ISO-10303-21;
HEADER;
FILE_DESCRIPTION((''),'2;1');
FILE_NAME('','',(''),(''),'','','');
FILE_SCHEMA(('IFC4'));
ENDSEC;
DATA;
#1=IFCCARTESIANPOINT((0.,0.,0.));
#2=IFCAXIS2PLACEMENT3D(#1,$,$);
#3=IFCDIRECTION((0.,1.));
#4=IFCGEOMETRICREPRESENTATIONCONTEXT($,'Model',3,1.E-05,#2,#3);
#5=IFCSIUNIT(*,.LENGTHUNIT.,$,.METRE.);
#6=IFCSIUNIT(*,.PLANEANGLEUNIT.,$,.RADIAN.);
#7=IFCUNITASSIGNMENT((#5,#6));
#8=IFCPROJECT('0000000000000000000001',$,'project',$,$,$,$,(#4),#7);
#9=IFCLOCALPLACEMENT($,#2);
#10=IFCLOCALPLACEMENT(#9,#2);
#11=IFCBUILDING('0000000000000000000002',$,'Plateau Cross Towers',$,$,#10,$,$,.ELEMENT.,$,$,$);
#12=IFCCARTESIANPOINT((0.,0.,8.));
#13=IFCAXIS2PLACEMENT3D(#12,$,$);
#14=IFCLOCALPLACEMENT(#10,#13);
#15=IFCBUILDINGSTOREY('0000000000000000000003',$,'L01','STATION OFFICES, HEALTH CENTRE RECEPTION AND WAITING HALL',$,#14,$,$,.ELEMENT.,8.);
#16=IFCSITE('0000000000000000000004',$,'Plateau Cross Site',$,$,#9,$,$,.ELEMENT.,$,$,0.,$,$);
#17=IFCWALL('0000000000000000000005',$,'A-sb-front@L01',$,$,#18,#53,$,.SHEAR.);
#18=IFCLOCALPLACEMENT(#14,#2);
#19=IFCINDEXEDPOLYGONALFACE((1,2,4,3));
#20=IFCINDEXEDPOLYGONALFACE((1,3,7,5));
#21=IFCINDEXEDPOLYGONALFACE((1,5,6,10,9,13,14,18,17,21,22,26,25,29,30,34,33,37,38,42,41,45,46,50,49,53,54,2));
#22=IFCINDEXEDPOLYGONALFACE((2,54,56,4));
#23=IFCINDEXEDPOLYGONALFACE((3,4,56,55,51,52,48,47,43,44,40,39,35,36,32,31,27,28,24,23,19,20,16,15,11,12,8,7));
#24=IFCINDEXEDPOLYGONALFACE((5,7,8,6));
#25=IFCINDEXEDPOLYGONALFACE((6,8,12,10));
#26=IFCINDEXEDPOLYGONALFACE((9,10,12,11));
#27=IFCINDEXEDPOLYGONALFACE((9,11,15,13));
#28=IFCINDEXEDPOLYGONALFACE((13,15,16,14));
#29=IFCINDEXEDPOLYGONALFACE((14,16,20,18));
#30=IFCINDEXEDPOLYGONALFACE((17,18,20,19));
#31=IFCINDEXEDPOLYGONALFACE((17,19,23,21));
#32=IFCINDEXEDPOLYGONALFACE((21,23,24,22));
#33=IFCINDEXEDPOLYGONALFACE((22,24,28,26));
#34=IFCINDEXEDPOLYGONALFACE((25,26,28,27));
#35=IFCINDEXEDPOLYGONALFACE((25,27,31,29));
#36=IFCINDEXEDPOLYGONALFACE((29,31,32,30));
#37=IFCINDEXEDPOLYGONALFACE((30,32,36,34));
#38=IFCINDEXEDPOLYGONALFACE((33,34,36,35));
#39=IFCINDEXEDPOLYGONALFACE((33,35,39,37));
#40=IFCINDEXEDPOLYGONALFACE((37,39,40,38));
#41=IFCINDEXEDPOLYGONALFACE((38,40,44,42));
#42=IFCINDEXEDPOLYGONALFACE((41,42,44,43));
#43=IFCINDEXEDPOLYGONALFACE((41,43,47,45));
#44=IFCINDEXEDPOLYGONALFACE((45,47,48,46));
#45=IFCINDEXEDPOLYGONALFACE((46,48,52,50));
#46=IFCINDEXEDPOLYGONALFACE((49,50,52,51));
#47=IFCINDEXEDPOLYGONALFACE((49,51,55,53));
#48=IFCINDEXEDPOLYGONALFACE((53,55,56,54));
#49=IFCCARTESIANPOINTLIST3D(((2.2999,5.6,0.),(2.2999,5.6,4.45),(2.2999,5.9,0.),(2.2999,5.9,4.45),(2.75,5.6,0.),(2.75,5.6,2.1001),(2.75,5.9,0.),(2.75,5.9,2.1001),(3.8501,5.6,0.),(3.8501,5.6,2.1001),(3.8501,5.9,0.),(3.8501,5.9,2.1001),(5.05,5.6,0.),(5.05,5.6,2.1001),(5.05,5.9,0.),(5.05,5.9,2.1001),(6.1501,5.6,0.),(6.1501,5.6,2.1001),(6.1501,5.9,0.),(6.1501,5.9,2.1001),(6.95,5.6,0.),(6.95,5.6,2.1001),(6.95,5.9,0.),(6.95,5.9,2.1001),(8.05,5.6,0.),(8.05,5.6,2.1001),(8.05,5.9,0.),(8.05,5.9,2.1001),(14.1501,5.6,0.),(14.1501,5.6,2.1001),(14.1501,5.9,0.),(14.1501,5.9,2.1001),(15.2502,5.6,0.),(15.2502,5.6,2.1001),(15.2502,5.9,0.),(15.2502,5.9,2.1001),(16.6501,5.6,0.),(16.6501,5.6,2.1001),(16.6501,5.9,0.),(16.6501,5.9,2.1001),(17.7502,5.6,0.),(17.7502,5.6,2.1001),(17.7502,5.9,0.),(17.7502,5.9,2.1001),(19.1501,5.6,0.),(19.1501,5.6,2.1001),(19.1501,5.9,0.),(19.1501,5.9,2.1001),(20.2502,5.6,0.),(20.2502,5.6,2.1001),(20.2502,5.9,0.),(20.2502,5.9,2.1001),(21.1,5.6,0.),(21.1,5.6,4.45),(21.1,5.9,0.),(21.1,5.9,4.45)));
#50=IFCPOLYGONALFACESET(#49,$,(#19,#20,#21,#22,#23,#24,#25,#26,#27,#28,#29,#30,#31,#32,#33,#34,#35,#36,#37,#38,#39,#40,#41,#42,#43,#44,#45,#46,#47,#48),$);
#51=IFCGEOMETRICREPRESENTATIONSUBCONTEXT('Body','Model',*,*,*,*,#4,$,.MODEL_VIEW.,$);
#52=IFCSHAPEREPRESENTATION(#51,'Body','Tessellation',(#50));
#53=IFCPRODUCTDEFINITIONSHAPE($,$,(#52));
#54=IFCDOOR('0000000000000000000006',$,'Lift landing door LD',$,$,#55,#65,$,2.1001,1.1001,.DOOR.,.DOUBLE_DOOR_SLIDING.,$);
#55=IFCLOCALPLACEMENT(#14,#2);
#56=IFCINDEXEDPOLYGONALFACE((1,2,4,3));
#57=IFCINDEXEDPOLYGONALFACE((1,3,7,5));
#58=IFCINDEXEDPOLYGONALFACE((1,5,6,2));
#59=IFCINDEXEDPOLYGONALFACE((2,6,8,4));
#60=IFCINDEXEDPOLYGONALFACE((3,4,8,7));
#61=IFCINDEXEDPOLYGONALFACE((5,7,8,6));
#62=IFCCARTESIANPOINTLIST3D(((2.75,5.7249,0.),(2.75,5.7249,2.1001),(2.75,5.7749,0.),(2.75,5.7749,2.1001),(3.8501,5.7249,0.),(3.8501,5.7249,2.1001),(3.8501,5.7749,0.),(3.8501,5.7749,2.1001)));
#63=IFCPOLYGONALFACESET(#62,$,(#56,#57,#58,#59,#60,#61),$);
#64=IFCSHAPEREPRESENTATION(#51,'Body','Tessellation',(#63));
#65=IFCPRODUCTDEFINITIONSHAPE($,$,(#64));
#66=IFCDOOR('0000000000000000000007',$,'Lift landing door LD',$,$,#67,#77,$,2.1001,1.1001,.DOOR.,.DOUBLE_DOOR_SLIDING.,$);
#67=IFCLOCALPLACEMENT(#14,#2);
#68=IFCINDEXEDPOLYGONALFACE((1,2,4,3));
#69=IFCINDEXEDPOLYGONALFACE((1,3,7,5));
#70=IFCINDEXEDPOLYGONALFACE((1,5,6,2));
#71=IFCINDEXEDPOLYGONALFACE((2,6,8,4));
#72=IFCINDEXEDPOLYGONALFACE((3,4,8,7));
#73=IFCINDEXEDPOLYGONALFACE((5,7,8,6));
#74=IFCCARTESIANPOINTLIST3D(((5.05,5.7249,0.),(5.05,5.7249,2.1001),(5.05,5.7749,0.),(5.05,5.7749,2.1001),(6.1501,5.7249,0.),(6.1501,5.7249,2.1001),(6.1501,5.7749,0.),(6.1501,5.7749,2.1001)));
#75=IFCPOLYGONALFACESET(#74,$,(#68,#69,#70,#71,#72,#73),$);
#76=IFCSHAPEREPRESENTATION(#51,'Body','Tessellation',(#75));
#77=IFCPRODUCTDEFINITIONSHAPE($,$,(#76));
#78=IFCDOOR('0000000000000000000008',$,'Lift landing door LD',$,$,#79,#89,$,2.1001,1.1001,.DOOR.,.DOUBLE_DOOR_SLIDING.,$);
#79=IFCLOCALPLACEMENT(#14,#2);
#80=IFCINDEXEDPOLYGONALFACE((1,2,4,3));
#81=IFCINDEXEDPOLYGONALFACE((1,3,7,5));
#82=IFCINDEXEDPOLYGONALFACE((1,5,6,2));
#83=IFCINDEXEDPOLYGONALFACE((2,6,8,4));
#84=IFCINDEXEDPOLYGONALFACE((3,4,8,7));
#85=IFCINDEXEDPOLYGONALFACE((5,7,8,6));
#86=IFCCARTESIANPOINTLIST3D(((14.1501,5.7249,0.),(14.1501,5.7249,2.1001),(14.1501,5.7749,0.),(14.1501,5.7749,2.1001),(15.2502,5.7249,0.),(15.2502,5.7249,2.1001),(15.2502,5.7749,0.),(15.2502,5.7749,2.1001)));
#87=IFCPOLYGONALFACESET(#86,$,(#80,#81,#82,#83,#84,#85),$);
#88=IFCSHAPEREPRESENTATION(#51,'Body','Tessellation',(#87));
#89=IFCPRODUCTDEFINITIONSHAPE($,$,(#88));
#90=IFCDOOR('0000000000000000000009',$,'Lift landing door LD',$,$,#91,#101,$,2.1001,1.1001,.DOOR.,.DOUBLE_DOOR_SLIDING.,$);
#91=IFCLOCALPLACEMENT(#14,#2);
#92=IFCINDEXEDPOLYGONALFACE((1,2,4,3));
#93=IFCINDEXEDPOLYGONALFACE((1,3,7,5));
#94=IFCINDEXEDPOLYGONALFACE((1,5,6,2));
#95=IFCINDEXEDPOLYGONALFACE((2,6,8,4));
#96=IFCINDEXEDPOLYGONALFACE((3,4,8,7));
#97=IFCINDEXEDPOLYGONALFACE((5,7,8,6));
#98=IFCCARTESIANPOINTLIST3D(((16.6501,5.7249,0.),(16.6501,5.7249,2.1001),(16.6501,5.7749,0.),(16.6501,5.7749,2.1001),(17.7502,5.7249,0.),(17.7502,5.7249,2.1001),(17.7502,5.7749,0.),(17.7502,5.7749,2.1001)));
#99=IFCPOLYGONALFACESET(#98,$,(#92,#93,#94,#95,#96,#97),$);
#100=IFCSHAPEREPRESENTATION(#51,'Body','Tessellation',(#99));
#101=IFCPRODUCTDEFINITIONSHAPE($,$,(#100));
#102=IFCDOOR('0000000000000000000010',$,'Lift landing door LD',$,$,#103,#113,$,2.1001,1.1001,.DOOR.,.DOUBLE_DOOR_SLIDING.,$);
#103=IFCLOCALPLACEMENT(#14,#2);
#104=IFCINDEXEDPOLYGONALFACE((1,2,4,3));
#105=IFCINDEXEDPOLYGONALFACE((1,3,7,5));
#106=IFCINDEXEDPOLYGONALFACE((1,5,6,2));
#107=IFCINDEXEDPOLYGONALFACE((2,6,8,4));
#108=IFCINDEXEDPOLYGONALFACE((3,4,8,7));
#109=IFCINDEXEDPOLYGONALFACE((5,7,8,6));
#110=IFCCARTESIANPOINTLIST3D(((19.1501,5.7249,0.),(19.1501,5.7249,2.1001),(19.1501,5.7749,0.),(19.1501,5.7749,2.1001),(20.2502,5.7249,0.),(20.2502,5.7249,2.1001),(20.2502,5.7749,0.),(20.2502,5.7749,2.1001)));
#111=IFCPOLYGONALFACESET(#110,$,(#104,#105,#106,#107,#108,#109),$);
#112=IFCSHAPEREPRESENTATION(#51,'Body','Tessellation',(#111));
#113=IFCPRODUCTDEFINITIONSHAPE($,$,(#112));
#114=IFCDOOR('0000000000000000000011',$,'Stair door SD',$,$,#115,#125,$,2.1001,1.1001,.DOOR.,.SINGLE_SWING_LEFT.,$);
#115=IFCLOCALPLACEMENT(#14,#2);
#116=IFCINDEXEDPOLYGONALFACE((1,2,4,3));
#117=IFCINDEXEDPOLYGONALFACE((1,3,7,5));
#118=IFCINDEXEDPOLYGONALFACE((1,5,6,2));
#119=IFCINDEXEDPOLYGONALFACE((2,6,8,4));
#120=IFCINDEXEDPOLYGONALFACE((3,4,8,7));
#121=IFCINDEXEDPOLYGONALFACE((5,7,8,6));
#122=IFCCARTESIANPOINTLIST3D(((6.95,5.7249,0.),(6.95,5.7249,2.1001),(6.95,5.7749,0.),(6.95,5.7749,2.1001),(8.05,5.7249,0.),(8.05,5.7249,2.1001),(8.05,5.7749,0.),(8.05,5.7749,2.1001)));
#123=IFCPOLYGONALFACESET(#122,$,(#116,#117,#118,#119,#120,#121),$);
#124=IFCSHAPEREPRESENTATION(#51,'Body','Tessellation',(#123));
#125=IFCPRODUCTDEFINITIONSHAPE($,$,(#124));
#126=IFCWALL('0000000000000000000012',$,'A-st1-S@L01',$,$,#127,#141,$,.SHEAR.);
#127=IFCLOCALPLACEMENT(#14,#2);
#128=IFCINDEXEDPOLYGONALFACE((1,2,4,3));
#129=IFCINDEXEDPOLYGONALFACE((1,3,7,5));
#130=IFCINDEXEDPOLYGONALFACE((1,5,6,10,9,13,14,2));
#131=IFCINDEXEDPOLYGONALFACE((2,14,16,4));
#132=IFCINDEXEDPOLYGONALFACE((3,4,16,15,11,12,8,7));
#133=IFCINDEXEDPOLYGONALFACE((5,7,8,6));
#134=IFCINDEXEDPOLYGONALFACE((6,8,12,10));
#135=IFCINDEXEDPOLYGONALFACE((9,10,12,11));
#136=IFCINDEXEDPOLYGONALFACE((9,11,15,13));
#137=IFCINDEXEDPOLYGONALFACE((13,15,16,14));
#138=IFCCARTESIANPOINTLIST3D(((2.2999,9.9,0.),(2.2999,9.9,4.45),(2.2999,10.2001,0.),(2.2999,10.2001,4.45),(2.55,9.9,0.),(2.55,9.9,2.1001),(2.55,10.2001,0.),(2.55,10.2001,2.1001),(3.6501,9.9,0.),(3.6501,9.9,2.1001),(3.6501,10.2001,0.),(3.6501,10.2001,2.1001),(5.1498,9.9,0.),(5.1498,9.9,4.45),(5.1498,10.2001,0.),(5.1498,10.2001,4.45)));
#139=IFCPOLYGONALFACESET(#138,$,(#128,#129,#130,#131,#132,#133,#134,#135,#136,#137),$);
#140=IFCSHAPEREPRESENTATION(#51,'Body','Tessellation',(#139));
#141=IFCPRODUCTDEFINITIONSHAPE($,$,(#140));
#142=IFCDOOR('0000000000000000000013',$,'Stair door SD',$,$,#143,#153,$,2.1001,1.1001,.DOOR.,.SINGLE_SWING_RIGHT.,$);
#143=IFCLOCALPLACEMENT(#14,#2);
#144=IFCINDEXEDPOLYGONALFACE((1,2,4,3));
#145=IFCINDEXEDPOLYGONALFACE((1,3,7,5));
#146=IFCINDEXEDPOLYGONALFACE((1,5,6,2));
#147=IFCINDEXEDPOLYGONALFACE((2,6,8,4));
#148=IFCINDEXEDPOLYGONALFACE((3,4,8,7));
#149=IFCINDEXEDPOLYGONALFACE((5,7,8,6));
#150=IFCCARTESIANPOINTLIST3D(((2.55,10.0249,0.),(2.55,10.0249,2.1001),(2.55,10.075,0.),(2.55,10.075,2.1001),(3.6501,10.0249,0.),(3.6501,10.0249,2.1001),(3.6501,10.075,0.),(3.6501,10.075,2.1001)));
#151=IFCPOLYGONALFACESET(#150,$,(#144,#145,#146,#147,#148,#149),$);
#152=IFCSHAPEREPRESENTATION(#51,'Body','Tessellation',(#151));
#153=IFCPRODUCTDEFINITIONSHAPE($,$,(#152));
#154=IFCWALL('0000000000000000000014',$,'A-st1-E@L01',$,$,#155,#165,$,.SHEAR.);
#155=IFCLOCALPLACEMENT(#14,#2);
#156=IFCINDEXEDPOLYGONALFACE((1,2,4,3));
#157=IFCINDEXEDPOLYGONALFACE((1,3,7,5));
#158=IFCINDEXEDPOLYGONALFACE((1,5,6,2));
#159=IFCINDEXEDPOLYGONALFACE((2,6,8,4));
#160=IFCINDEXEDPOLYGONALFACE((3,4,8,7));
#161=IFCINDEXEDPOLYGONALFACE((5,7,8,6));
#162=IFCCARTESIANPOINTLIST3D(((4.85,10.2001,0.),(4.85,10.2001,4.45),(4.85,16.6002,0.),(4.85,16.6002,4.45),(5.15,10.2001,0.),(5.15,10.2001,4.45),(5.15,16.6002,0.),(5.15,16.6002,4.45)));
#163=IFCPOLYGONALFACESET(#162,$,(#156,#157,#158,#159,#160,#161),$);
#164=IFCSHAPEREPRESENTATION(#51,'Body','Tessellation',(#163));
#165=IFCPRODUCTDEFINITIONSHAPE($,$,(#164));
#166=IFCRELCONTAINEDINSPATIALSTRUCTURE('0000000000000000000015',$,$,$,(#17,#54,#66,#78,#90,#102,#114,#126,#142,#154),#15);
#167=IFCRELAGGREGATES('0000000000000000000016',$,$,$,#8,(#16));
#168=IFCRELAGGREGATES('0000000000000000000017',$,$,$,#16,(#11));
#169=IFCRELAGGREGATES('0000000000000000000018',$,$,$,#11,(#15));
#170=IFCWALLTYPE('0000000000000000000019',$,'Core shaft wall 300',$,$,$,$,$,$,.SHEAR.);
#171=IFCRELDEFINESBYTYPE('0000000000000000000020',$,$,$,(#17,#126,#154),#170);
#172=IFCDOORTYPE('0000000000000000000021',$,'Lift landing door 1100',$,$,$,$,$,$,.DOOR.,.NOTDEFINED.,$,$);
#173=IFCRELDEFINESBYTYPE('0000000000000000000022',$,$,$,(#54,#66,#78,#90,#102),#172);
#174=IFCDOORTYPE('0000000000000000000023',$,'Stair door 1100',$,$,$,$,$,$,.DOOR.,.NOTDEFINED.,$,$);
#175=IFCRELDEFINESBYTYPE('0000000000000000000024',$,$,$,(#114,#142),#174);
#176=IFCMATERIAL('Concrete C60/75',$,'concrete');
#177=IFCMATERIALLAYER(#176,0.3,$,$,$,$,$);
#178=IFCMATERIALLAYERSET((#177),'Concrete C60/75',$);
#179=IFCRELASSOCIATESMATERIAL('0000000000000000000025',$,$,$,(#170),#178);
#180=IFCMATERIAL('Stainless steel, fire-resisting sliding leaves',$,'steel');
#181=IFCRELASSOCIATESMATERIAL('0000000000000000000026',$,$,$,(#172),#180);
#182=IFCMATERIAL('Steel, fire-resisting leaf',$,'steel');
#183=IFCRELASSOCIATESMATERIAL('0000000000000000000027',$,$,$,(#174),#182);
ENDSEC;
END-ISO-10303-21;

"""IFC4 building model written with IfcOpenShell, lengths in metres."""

from ifc_helpers import new_model, si_unit, direction, frame, frame_2d, origin, place, context, subcontext, project, spatial, rectangle, extrude, material, layer, layer_set, type_object, element, fill, save


model = new_model("IFC4")

# Units and contexts
model_context = context("Model", 3, precision=1e-05, world=origin(), true_north=direction((0.0, 1.0)))
body_context = subcontext(model_context, "Body", "Model", "MODEL_VIEW")
ifc_project = project(units=[si_unit("LENGTHUNIT", "METRE"), si_unit("PLANEANGLEUNIT", "RADIAN")], contexts=[model_context])

# Site, building, storey
site_placement = place(None, origin())
site = spatial("IfcSite", under=ifc_project, at=site_placement, Name="Plateau Cross Site", CompositionType="ELEMENT", RefElevation=0.0)
building_placement = place(site_placement, origin())
building = spatial("IfcBuilding", under=site, at=building_placement, Name="Plateau Cross Towers", CompositionType="ELEMENT")
storey_placement = place(building_placement, frame((0.0, 0.0, 8.0)))
storey = spatial("IfcBuildingStorey", under=building, at=storey_placement, Name="L01", Description="STATION OFFICES, HEALTH CENTRE RECEPTION AND WAITING HALL", CompositionType="ELEMENT", Elevation=8.0)

# Shared definitions
ifc_material_1 = material(Name="Steel, fire-resisting leaf", Category="steel")

# Shared definitions
ifc_material_2 = material(Name="Concrete C60/75", Category="concrete")
ifc_layer_1 = layer(ifc_material_2, 0.3)
ifc_layer_set_1 = layer_set([ifc_layer_1], Name="Concrete C60/75")
wall_type_1 = type_object("IfcWallType", Name="Core shaft wall 300", PredefinedType="SHEAR", material=ifc_layer_set_1)

# Wall, openings, doors
wall_1_placement = place(storey_placement, frame((2.3, 5.75, 0.0), z_axis=(0.0, 0.0, 1.0), x_axis=(1.0, 0.0, 0.0)))
wall_1 = element("IfcWall", 1, at=wall_1_placement, inside=storey, type_object=wall_type_1, Name="A-sb-front@L01", PredefinedType="SHEAR", context=body_context, shape_type="SweptSolid", body=[
    extrude(rectangle(XDim=18.8, YDim=0.3, at=frame_2d((9.3999, 0.0))), origin(), (0.0, 0.0, 1.0), 4.45),
])
opening_1_placement = place(wall_1_placement, frame((4.6499, 0.0, 0.0)))
opening_1 = element("IfcOpeningElement", 2, at=opening_1_placement, cuts=wall_1, PredefinedType="OPENING", context=body_context, shape_type="SweptSolid", body=[
    extrude(rectangle(XDim=1.1001, YDim=2.1001, at=frame_2d((0.55, 1.05))), frame((0.0, 0.1599, 0.0), z_axis=(0.0, -1.0, 0.0), x_axis=(1.0, 0.0, 0.0)), (0.0, 0.0, 1.0), 0.3201),
])
opening_2_placement = place(wall_1_placement, frame((0.45, 0.0, 0.0)))
opening_2 = element("IfcOpeningElement", 3, at=opening_2_placement, cuts=wall_1, PredefinedType="OPENING", context=body_context, shape_type="SweptSolid", body=[
    extrude(rectangle(XDim=1.1001, YDim=2.1001, at=frame_2d((0.55, 1.05))), frame((0.0, 0.1599, 0.0), z_axis=(0.0, -1.0, 0.0), x_axis=(1.0, 0.0, 0.0)), (0.0, 0.0, 1.0), 0.3201),
])
opening_3_placement = place(wall_1_placement, frame((2.75, 0.0, 0.0)))
opening_3 = element("IfcOpeningElement", 4, at=opening_3_placement, cuts=wall_1, PredefinedType="OPENING", context=body_context, shape_type="SweptSolid", body=[
    extrude(rectangle(XDim=1.1001, YDim=2.1001, at=frame_2d((0.55, 1.05))), frame((0.0, 0.1599, 0.0), z_axis=(0.0, -1.0, 0.0), x_axis=(1.0, 0.0, 0.0)), (0.0, 0.0, 1.0), 0.3201),
])
opening_4_placement = place(wall_1_placement, frame((11.8501, 0.0, 0.0)))
opening_4 = element("IfcOpeningElement", 5, at=opening_4_placement, cuts=wall_1, PredefinedType="OPENING", context=body_context, shape_type="SweptSolid", body=[
    extrude(rectangle(XDim=1.1001, YDim=2.1001, at=frame_2d((0.55, 1.05))), frame((0.0, 0.1599, 0.0), z_axis=(0.0, -1.0, 0.0), x_axis=(1.0, 0.0, 0.0)), (0.0, 0.0, 1.0), 0.3201),
])
opening_5_placement = place(wall_1_placement, frame((14.3501, 0.0, 0.0)))
opening_5 = element("IfcOpeningElement", 6, at=opening_5_placement, cuts=wall_1, PredefinedType="OPENING", context=body_context, shape_type="SweptSolid", body=[
    extrude(rectangle(XDim=1.1001, YDim=2.1001, at=frame_2d((0.55, 1.05))), frame((0.0, 0.1599, 0.0), z_axis=(0.0, -1.0, 0.0), x_axis=(1.0, 0.0, 0.0)), (0.0, 0.0, 1.0), 0.3201),
])
opening_6_placement = place(wall_1_placement, frame((16.8501, 0.0, 0.0)))
opening_6 = element("IfcOpeningElement", 7, at=opening_6_placement, cuts=wall_1, PredefinedType="OPENING", context=body_context, shape_type="SweptSolid", body=[
    extrude(rectangle(XDim=1.1001, YDim=2.1001, at=frame_2d((0.55, 1.05))), frame((0.0, 0.1599, 0.0), z_axis=(0.0, -1.0, 0.0), x_axis=(1.0, 0.0, 0.0)), (0.0, 0.0, 1.0), 0.3201),
])
ifc_material_3 = material(Name="Stainless steel, fire-resisting sliding leaves", Category="steel")
door_type_1 = type_object("IfcDoorType", Name="Lift landing door 1100", OperationType="NOTDEFINED", PredefinedType="DOOR", material=ifc_material_3)
door_1_placement = place(opening_2_placement, origin())
door_1 = element("IfcDoor", 8, at=door_1_placement, inside=storey, type_object=door_type_1, Name="Lift landing door LD", OperationType="DOUBLE_DOOR_SLIDING", OverallHeight=2.1001, OverallWidth=1.1001, PredefinedType="DOOR", context=body_context, shape_type="SweptSolid", body=[
    extrude(rectangle(XDim=1.1001, YDim=2.1001, at=frame_2d((0.55, 1.05))), frame((0.0, 0.0249, 0.0), z_axis=(0.0, -1.0, 0.0), x_axis=(1.0, 0.0, 0.0)), (0.0, 0.0, 1.0), 0.05),
])
fill(opening_2, door_1)
door_2_placement = place(opening_3_placement, origin())
door_2 = element("IfcDoor", 9, at=door_2_placement, inside=storey, type_object=door_type_1, Name="Lift landing door LD", OperationType="DOUBLE_DOOR_SLIDING", OverallHeight=2.1001, OverallWidth=1.1001, PredefinedType="DOOR", context=body_context, shape_type="SweptSolid", body=[
    extrude(rectangle(XDim=1.1001, YDim=2.1001, at=frame_2d((0.55, 1.05))), frame((0.0, 0.0249, 0.0), z_axis=(0.0, -1.0, 0.0), x_axis=(1.0, 0.0, 0.0)), (0.0, 0.0, 1.0), 0.05),
])
fill(opening_3, door_2)
door_3_placement = place(opening_4_placement, origin())
door_3 = element("IfcDoor", 10, at=door_3_placement, inside=storey, type_object=door_type_1, Name="Lift landing door LD", OperationType="DOUBLE_DOOR_SLIDING", OverallHeight=2.1001, OverallWidth=1.1001, PredefinedType="DOOR", context=body_context, shape_type="SweptSolid", body=[
    extrude(rectangle(XDim=1.1001, YDim=2.1001, at=frame_2d((0.55, 1.05))), frame((0.0, 0.0249, 0.0), z_axis=(0.0, -1.0, 0.0), x_axis=(1.0, 0.0, 0.0)), (0.0, 0.0, 1.0), 0.05),
])
fill(opening_4, door_3)
door_4_placement = place(opening_5_placement, origin())
door_4 = element("IfcDoor", 11, at=door_4_placement, inside=storey, type_object=door_type_1, Name="Lift landing door LD", OperationType="DOUBLE_DOOR_SLIDING", OverallHeight=2.1001, OverallWidth=1.1001, PredefinedType="DOOR", context=body_context, shape_type="SweptSolid", body=[
    extrude(rectangle(XDim=1.1001, YDim=2.1001, at=frame_2d((0.55, 1.05))), frame((0.0, 0.0249, 0.0), z_axis=(0.0, -1.0, 0.0), x_axis=(1.0, 0.0, 0.0)), (0.0, 0.0, 1.0), 0.05),
])
fill(opening_5, door_4)
door_5_placement = place(opening_6_placement, origin())
door_5 = element("IfcDoor", 12, at=door_5_placement, inside=storey, type_object=door_type_1, Name="Lift landing door LD", OperationType="DOUBLE_DOOR_SLIDING", OverallHeight=2.1001, OverallWidth=1.1001, PredefinedType="DOOR", context=body_context, shape_type="SweptSolid", body=[
    extrude(rectangle(XDim=1.1001, YDim=2.1001, at=frame_2d((0.55, 1.05))), frame((0.0, 0.0249, 0.0), z_axis=(0.0, -1.0, 0.0), x_axis=(1.0, 0.0, 0.0)), (0.0, 0.0, 1.0), 0.05),
])
fill(opening_6, door_5)
door_type_2 = type_object("IfcDoorType", Name="Stair door 1100", OperationType="NOTDEFINED", PredefinedType="DOOR", material=ifc_material_1)
door_6_placement = place(opening_1_placement, origin())
door_6 = element("IfcDoor", 13, at=door_6_placement, inside=storey, type_object=door_type_2, Name="Stair door SD", OperationType="SINGLE_SWING_LEFT", OverallHeight=2.1001, OverallWidth=1.1001, PredefinedType="DOOR", context=body_context, shape_type="SweptSolid", body=[
    extrude(rectangle(XDim=1.1001, YDim=2.1001, at=frame_2d((0.55, 1.05))), frame((0.0, 0.0249, 0.0), z_axis=(0.0, -1.0, 0.0), x_axis=(1.0, 0.0, 0.0)), (0.0, 0.0, 1.0), 0.05),
])
fill(opening_1, door_6)

# Wall, opening, door
wall_2_placement = place(storey_placement, frame((2.3, 10.05, 0.0), z_axis=(0.0, 0.0, 1.0), x_axis=(1.0, 0.0, 0.0)))
wall_2 = element("IfcWall", 14, at=wall_2_placement, inside=storey, type_object=wall_type_1, Name="A-st1-S@L01", PredefinedType="SHEAR", context=body_context, shape_type="SweptSolid", body=[
    extrude(rectangle(XDim=2.8499, YDim=0.3, at=frame_2d((1.4248, 0.0))), origin(), (0.0, 0.0, 1.0), 4.45),
])
opening_7_placement = place(wall_2_placement, frame((0.25, 0.0, 0.0)))
opening_7 = element("IfcOpeningElement", 15, at=opening_7_placement, cuts=wall_2, PredefinedType="OPENING", context=body_context, shape_type="SweptSolid", body=[
    extrude(rectangle(XDim=1.1001, YDim=2.1001, at=frame_2d((0.55, 1.05))), frame((0.0, 0.1599, 0.0), z_axis=(0.0, -1.0, 0.0), x_axis=(1.0, 0.0, 0.0)), (0.0, 0.0, 1.0), 0.3201),
])
door_7_placement = place(opening_7_placement, origin())
door_7 = element("IfcDoor", 16, at=door_7_placement, inside=storey, type_object=door_type_2, Name="Stair door SD", OperationType="SINGLE_SWING_RIGHT", OverallHeight=2.1001, OverallWidth=1.1001, PredefinedType="DOOR", context=body_context, shape_type="SweptSolid", body=[
    extrude(rectangle(XDim=1.1001, YDim=2.1001, at=frame_2d((0.55, 1.05))), frame((0.0, 0.0249, 0.0), z_axis=(0.0, -1.0, 0.0), x_axis=(1.0, 0.0, 0.0)), (0.0, 0.0, 1.0), 0.05),
])
fill(opening_7, door_7)

# Wall
wall_3_placement = place(storey_placement, frame((5.0, 10.2, 0.0), z_axis=(0.0, 0.0, 1.0), x_axis=(0.0, 1.0, 0.0)))
element("IfcWall", 17, at=wall_3_placement, inside=storey, type_object=wall_type_1, Name="A-st1-E@L01", PredefinedType="SHEAR", context=body_context, shape_type="SweptSolid", body=[
    extrude(rectangle(XDim=6.4001, YDim=0.3, at=frame_2d((3.2002, 0.0))), origin(), (0.0, 0.0, 1.0), 4.45),
])

save(model, "model.ifc")
